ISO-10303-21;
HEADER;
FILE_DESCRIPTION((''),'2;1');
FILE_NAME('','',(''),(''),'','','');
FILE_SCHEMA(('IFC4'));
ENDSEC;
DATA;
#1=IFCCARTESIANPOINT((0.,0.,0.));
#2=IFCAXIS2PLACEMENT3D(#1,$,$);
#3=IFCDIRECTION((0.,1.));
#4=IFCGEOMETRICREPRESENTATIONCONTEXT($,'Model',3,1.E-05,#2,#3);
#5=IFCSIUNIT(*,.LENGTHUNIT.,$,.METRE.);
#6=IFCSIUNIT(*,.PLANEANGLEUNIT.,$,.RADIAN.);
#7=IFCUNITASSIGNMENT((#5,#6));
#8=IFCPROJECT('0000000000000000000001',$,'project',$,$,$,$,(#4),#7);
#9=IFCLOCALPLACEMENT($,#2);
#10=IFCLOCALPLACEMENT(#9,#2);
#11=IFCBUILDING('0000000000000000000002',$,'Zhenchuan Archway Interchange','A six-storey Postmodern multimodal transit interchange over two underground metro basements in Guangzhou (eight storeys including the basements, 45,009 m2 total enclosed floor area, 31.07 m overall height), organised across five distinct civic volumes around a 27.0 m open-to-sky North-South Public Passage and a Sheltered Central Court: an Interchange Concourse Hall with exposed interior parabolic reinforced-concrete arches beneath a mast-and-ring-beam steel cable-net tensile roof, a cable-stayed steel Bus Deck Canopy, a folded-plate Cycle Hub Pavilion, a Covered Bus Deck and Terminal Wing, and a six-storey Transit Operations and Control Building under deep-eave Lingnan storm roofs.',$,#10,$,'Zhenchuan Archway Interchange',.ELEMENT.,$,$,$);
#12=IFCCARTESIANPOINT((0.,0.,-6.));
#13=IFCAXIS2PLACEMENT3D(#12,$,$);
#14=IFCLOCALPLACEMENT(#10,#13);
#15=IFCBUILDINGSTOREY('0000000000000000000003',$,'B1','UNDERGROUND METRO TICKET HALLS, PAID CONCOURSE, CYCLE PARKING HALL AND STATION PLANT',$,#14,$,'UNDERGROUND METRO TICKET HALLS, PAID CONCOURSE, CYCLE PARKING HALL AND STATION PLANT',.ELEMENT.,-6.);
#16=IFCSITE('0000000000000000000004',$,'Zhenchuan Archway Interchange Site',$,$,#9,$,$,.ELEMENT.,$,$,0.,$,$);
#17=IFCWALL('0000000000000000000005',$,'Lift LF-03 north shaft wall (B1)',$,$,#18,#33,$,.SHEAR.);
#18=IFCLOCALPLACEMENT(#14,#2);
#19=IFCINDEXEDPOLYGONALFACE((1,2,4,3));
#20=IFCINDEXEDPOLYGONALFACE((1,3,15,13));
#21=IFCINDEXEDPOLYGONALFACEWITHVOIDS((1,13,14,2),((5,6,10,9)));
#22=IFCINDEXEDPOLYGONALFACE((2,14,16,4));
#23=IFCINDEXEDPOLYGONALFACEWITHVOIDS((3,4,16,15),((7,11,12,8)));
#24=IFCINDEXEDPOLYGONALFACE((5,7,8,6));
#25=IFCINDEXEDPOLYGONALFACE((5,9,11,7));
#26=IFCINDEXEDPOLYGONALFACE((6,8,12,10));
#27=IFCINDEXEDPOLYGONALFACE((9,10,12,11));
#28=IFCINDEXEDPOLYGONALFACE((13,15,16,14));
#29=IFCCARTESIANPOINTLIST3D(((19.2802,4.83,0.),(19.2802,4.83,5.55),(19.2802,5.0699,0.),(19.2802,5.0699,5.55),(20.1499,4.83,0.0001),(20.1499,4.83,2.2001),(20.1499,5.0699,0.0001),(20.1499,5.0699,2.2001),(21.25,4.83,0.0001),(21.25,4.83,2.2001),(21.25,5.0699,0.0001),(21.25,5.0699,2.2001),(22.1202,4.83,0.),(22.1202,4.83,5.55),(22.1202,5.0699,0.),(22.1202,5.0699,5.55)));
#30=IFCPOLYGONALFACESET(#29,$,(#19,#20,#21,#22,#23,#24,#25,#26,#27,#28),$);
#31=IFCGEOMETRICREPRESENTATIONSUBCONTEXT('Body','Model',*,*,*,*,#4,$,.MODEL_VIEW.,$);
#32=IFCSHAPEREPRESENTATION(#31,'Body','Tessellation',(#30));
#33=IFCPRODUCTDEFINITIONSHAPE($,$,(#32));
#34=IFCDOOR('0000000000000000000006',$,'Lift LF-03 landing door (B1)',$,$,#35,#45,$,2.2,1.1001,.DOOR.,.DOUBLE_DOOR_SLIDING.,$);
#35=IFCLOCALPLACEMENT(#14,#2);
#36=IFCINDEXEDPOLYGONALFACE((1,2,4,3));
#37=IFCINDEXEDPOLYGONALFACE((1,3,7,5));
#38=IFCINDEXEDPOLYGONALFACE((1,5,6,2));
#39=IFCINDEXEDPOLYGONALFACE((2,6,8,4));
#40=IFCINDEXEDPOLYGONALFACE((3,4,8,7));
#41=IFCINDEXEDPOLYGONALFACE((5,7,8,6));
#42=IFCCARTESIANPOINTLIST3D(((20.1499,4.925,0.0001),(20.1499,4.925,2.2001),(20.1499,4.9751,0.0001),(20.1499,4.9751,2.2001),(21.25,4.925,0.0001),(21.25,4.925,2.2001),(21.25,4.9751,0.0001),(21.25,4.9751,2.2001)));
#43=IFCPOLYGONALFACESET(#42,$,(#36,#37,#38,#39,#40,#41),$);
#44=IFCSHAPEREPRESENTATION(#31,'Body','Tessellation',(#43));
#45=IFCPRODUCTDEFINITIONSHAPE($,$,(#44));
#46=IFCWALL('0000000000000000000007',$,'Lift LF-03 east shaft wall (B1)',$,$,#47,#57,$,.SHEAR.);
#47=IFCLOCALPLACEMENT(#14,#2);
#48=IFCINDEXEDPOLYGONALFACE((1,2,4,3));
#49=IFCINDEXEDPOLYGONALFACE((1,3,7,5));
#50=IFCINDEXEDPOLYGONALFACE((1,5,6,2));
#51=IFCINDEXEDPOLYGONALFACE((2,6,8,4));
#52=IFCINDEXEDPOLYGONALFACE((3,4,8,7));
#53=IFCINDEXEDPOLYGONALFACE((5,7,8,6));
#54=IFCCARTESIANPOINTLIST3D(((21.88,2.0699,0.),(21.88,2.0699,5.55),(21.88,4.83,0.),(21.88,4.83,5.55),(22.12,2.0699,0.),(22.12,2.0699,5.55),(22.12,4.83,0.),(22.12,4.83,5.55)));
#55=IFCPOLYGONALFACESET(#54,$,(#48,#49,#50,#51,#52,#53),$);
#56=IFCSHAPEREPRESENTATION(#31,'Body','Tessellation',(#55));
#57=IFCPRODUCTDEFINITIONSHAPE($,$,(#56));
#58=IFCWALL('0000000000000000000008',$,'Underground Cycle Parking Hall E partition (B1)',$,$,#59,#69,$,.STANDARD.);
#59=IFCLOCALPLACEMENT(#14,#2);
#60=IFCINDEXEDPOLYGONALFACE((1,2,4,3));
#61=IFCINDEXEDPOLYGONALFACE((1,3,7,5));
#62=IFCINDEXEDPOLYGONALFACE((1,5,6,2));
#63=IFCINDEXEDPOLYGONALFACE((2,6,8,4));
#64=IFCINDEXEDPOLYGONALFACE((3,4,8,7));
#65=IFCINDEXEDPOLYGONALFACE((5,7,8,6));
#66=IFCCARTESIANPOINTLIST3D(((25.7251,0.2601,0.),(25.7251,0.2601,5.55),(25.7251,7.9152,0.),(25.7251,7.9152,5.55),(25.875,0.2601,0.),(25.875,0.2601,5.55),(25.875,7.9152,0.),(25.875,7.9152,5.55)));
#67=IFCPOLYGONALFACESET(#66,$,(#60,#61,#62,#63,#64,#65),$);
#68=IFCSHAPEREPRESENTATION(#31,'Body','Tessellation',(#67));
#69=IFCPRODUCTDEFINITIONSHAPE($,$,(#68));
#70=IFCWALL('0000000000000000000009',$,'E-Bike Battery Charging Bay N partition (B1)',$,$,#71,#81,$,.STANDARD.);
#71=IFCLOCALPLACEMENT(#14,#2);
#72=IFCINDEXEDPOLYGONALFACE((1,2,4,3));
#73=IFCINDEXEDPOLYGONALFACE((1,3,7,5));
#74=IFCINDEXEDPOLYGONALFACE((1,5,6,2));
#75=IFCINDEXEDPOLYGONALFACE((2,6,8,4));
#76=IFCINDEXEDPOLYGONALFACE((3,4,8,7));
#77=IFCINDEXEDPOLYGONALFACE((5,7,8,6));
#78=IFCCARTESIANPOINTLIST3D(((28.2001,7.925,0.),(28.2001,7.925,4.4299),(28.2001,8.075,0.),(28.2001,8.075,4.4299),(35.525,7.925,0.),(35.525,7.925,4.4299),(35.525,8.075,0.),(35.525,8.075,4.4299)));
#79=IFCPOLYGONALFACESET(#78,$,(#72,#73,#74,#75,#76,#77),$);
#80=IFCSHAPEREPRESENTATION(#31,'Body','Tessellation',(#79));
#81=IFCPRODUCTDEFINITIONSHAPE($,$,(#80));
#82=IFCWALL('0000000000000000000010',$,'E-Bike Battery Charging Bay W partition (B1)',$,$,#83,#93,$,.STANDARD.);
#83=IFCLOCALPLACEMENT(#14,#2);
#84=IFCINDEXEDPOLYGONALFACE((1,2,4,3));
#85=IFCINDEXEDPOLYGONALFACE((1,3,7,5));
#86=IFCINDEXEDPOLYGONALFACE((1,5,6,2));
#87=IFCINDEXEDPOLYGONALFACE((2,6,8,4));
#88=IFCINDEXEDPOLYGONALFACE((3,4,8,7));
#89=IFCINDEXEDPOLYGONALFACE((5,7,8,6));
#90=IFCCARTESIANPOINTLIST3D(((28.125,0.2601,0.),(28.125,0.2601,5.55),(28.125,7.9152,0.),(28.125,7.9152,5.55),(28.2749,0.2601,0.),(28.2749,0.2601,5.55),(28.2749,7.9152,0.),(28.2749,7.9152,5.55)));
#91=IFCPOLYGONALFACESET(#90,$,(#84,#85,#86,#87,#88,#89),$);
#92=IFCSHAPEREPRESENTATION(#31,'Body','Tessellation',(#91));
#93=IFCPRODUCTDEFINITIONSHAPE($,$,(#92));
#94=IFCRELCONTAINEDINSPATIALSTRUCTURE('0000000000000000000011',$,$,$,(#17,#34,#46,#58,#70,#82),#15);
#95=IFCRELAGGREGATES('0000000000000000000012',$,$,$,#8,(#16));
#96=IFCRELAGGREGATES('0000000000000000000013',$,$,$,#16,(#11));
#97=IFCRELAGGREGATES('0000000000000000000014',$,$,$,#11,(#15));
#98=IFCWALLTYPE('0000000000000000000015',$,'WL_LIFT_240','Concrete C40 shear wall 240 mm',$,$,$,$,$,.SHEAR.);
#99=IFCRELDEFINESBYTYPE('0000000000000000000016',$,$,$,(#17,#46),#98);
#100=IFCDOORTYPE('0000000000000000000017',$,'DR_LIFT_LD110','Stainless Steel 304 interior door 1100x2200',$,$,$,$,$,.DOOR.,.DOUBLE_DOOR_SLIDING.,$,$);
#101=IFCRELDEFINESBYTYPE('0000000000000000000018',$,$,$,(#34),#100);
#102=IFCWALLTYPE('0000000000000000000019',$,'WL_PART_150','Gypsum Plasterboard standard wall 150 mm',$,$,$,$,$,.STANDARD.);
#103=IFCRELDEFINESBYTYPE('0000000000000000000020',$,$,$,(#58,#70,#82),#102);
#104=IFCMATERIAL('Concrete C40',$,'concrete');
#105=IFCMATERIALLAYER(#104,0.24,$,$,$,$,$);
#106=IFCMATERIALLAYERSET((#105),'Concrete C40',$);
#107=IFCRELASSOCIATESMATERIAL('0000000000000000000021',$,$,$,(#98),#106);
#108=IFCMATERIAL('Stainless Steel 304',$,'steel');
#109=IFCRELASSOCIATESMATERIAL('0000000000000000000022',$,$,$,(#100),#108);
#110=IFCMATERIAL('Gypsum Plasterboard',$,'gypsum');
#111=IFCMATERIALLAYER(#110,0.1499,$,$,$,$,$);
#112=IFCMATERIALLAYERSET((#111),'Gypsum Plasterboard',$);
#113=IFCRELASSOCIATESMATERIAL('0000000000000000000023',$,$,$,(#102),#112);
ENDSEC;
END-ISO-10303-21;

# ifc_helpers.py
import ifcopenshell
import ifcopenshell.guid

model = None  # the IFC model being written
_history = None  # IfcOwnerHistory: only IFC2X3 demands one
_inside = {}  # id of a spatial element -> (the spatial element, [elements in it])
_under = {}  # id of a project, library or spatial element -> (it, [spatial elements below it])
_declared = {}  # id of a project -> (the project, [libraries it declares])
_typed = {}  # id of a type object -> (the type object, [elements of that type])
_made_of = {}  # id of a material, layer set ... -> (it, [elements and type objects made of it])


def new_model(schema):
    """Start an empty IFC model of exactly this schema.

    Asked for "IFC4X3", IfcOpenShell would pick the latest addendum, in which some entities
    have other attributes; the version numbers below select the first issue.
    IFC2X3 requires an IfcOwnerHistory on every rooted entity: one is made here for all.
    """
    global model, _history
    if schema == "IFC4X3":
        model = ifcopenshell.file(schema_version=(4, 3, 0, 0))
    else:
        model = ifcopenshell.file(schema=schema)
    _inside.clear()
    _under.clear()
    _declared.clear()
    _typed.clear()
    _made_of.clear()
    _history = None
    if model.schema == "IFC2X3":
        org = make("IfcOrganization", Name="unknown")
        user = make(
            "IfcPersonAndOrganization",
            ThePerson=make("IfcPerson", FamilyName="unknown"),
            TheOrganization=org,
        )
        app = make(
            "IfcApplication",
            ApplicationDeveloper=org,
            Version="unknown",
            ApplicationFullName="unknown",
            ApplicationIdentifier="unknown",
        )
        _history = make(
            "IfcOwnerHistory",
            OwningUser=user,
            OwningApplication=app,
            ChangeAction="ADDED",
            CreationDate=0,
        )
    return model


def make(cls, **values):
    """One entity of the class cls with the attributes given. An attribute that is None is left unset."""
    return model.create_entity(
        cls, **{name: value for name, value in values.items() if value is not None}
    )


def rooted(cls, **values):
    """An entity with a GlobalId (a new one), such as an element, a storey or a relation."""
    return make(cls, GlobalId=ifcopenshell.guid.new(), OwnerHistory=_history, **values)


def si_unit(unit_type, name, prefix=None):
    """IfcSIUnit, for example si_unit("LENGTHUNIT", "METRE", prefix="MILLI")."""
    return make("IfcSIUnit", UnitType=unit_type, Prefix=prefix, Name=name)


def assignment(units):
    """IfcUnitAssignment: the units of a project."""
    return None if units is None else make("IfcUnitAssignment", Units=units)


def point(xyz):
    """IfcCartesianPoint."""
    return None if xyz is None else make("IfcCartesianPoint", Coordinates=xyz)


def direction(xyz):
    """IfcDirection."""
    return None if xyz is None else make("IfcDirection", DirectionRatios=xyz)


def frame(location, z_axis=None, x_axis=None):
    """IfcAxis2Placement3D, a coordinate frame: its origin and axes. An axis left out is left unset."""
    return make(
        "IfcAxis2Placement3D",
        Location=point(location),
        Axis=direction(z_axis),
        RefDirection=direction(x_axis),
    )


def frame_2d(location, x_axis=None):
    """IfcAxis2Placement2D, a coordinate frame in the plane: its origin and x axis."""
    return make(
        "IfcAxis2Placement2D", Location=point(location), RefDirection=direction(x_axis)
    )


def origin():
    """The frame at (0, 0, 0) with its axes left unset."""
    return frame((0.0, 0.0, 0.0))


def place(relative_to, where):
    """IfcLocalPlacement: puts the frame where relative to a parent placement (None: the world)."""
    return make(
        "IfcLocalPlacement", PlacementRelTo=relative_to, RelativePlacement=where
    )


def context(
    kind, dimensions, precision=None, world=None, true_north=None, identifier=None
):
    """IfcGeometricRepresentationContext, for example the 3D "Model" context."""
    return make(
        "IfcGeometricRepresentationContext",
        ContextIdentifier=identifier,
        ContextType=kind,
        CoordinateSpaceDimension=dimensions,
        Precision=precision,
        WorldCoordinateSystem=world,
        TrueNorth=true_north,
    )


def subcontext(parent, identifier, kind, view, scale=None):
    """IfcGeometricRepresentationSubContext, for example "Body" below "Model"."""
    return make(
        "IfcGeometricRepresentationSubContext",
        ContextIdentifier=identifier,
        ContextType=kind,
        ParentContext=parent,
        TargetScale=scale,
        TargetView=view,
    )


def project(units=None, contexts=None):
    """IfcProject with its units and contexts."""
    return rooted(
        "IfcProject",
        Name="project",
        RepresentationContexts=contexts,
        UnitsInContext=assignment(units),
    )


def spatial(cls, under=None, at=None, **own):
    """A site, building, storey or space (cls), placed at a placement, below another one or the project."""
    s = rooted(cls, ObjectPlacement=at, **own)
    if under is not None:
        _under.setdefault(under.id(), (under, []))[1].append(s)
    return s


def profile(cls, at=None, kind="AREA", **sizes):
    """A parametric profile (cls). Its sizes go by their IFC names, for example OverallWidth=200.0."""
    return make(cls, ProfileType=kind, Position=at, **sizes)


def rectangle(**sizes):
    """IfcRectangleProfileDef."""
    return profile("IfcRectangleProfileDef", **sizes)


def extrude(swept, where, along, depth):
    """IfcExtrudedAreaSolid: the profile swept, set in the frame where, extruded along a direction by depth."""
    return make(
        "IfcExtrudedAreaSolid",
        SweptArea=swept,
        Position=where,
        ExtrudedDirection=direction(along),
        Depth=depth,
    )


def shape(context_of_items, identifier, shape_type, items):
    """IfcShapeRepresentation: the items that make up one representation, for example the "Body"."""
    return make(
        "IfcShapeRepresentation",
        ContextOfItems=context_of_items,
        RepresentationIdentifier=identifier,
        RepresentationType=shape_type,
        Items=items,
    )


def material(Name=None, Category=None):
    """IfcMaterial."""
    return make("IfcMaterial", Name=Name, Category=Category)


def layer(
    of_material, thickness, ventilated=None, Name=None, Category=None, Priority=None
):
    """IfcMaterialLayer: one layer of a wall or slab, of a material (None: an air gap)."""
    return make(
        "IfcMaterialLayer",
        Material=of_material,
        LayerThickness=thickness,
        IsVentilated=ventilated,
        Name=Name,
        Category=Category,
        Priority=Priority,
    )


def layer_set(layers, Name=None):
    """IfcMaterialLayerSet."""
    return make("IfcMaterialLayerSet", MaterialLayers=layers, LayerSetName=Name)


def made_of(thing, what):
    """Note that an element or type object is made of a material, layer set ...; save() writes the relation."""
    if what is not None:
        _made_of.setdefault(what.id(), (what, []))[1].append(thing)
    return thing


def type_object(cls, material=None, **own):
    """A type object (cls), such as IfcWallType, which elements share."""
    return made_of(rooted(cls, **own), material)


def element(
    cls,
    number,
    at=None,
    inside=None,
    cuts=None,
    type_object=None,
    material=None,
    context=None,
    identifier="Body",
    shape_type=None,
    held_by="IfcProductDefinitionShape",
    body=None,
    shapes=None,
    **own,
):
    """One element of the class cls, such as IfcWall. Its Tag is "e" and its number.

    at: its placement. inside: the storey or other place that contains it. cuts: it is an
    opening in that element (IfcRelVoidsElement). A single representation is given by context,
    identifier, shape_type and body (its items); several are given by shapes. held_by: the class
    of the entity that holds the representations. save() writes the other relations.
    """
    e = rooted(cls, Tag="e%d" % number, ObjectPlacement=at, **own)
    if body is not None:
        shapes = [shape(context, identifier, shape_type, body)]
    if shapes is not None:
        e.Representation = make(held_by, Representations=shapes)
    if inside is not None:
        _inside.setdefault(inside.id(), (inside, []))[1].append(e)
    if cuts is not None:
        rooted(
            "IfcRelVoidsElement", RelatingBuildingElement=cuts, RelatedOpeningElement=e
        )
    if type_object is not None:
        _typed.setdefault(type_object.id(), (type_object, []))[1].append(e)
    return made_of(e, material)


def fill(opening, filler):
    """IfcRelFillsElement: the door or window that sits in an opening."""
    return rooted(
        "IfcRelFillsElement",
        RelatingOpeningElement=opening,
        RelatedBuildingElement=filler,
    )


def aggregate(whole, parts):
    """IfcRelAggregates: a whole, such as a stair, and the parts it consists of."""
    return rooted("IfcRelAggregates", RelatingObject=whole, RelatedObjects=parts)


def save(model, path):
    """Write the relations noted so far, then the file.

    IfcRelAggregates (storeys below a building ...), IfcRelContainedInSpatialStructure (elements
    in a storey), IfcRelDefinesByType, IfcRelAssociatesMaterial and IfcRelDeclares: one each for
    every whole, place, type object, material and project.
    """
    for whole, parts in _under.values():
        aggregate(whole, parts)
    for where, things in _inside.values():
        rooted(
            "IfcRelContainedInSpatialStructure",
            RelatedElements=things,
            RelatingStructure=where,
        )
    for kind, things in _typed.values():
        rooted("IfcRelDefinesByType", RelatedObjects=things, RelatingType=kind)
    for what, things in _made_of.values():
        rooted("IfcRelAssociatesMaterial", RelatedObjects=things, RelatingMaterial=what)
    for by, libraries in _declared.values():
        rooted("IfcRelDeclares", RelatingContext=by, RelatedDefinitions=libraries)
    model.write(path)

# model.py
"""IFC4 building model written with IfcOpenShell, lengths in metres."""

from ifc_helpers import new_model, si_unit, direction, frame, frame_2d, origin, place, context, subcontext, project, spatial, rectangle, extrude, material, layer, layer_set, type_object, element, fill, save


model = new_model("IFC4")

# Units and contexts
model_context = context("Model", 3, precision=1e-05, world=origin(), true_north=direction((0.0, 1.0)))
body_context = subcontext(model_context, "Body", "Model", "MODEL_VIEW")
ifc_project = project(units=[si_unit("LENGTHUNIT", "METRE"), si_unit("PLANEANGLEUNIT", "RADIAN")], contexts=[model_context])

# Site, building, storey
site_placement = place(None, origin())
site = spatial("IfcSite", under=ifc_project, at=site_placement, Name="Zhenchuan Archway Interchange Site", CompositionType="ELEMENT", RefElevation=0.0)
building_placement = place(site_placement, origin())
building = spatial("IfcBuilding", under=site, at=building_placement, Name="Zhenchuan Archway Interchange", Description="A six-storey Postmodern multimodal transit interchange over two underground metro basements in Guangzhou (eight storeys including the basements, 45,009 m2 total enclosed floor area, 31.07 m overall height), organised across five distinct civic volumes around a 27.0 m open-to-sky North-South Public Passage and a Sheltered Central Court: an Interchange Concourse Hall with exposed interior parabolic reinforced-concrete arches beneath a mast-and-ring-beam steel cable-net tensile roof, a cable-stayed steel Bus Deck Canopy, a folded-plate Cycle Hub Pavilion, a Covered Bus Deck and Terminal Wing, and a six-storey Transit Operations and Control Building under deep-eave Lingnan storm roofs.", LongName="Zhenchuan Archway Interchange", CompositionType="ELEMENT")
storey_placement = place(building_placement, frame((0.0, 0.0, -6.0)))
storey = spatial("IfcBuildingStorey", under=building, at=storey_placement, Name="B1", Description="UNDERGROUND METRO TICKET HALLS, PAID CONCOURSE, CYCLE PARKING HALL AND STATION PLANT", LongName="UNDERGROUND METRO TICKET HALLS, PAID CONCOURSE, CYCLE PARKING HALL AND STATION PLANT", CompositionType="ELEMENT", Elevation=-6.0)

# Shared definitions
ifc_material_1 = material(Name="Concrete C40", Category="concrete")

# Wall, opening, door
ifc_layer_1 = layer(ifc_material_1, 0.24)
ifc_layer_set_1 = layer_set([ifc_layer_1], Name="Concrete C40")
wall_type_1 = type_object("IfcWallType", Name="WL_LIFT_240", Description="Concrete C40 shear wall 240 mm", PredefinedType="SHEAR", material=ifc_layer_set_1)
wall_1_placement = place(storey_placement, frame((22.1201, 4.95, 0.0), z_axis=(0.0, 0.0, 1.0), x_axis=(-1.0, 0.0, 0.0)))
wall_1 = element("IfcWall", 1, at=wall_1_placement, inside=storey, type_object=wall_type_1, Name="Lift LF-03 north shaft wall (B1)", PredefinedType="SHEAR", context=body_context, shape_type="SweptSolid", body=[
    extrude(rectangle(XDim=2.8401, YDim=0.24, at=frame_2d((1.4199, 0.0))), origin(), (0.0, 0.0, 1.0), 5.55),
])
opening_placement = place(wall_1_placement, frame((0.8701, 0.0, 0.0)))
opening = element("IfcOpeningElement", 2, at=opening_placement, cuts=wall_1, PredefinedType="OPENING", context=body_context, shape_type="SweptSolid", body=[
    extrude(rectangle(XDim=1.1001, YDim=2.2, at=frame_2d((0.55, 1.1001))), frame((0.0, 0.1318, 0.0), z_axis=(0.0, -1.0, 0.0), x_axis=(1.0, 0.0, 0.0)), (0.0, 0.0, 1.0), 0.2639),
])
ifc_material_2 = material(Name="Stainless Steel 304", Category="steel")
door_type = type_object("IfcDoorType", Name="DR_LIFT_LD110", Description="Stainless Steel 304 interior door 1100x2200", OperationType="DOUBLE_DOOR_SLIDING", PredefinedType="DOOR", material=ifc_material_2)
door_placement = place(opening_placement, origin())
door = element("IfcDoor", 3, at=door_placement, inside=storey, type_object=door_type, Name="Lift LF-03 landing door (B1)", OperationType="DOUBLE_DOOR_SLIDING", OverallHeight=2.2, OverallWidth=1.1001, PredefinedType="DOOR", context=body_context, shape_type="SweptSolid", body=[
    extrude(rectangle(XDim=1.1001, YDim=2.2, at=frame_2d((0.55, 1.1001))), frame((0.0, 0.0249, 0.0), z_axis=(0.0, -1.0, 0.0), x_axis=(1.0, 0.0, 0.0)), (0.0, 0.0, 1.0), 0.05),
])
fill(opening, door)

# Walls
wall_2_placement = place(storey_placement, frame((22.0, 2.0701, 0.0), z_axis=(0.0, 0.0, 1.0), x_axis=(0.0, 1.0, 0.0)))
element("IfcWall", 4, at=wall_2_placement, inside=storey, type_object=wall_type_1, Name="Lift LF-03 east shaft wall (B1)", PredefinedType="SHEAR", context=body_context, shape_type="SweptSolid", body=[
    extrude(rectangle(XDim=2.76, YDim=0.24, at=frame_2d((1.3799, 0.0))), origin(), (0.0, 0.0, 1.0), 5.55),
])
ifc_material_3 = material(Name="Gypsum Plasterboard", Category="gypsum")
ifc_layer_2 = layer(ifc_material_3, 0.1499)
ifc_layer_set_2 = layer_set([ifc_layer_2], Name="Gypsum Plasterboard")
wall_type_2 = type_object("IfcWallType", Name="WL_PART_150", Description="Gypsum Plasterboard standard wall 150 mm", PredefinedType="STANDARD", material=ifc_layer_set_2)
wall_3_placement = place(storey_placement, frame((25.8, 0.26, 0.0), z_axis=(0.0, 0.0, 1.0), x_axis=(0.0, 1.0, 0.0)))
element("IfcWall", 5, at=wall_3_placement, inside=storey, type_object=wall_type_2, Name="Underground Cycle Parking Hall E partition (B1)", PredefinedType="STANDARD", context=body_context, shape_type="SweptSolid", body=[
    extrude(rectangle(XDim=7.655, YDim=0.1499, at=frame_2d((3.8276, 0.0))), origin(), (0.0, 0.0, 1.0), 5.55),
])
wall_4_placement = place(storey_placement, frame((28.2, 8.0, 0.0), z_axis=(0.0, 0.0, 1.0), x_axis=(1.0, 0.0, 0.0)))
element("IfcWall", 6, at=wall_4_placement, inside=storey, type_object=wall_type_2, Name="E-Bike Battery Charging Bay N partition (B1)", PredefinedType="STANDARD", context=body_context, shape_type="SweptSolid", body=[
    extrude(rectangle(XDim=7.325, YDim=0.1499, at=frame_2d((3.6626, 0.0))), origin(), (0.0, 0.0, 1.0), 4.4299),
])
wall_5_placement = place(storey_placement, frame((28.2, 0.26, 0.0), z_axis=(0.0, 0.0, 1.0), x_axis=(0.0, 1.0, 0.0)))
element("IfcWall", 7, at=wall_5_placement, inside=storey, type_object=wall_type_2, Name="E-Bike Battery Charging Bay W partition (B1)", PredefinedType="STANDARD", context=body_context, shape_type="SweptSolid", body=[
    extrude(rectangle(XDim=7.655, YDim=0.1499, at=frame_2d((3.8276, 0.0))), origin(), (0.0, 0.0, 1.0), 5.55),
])

save(model, "model.ifc")
